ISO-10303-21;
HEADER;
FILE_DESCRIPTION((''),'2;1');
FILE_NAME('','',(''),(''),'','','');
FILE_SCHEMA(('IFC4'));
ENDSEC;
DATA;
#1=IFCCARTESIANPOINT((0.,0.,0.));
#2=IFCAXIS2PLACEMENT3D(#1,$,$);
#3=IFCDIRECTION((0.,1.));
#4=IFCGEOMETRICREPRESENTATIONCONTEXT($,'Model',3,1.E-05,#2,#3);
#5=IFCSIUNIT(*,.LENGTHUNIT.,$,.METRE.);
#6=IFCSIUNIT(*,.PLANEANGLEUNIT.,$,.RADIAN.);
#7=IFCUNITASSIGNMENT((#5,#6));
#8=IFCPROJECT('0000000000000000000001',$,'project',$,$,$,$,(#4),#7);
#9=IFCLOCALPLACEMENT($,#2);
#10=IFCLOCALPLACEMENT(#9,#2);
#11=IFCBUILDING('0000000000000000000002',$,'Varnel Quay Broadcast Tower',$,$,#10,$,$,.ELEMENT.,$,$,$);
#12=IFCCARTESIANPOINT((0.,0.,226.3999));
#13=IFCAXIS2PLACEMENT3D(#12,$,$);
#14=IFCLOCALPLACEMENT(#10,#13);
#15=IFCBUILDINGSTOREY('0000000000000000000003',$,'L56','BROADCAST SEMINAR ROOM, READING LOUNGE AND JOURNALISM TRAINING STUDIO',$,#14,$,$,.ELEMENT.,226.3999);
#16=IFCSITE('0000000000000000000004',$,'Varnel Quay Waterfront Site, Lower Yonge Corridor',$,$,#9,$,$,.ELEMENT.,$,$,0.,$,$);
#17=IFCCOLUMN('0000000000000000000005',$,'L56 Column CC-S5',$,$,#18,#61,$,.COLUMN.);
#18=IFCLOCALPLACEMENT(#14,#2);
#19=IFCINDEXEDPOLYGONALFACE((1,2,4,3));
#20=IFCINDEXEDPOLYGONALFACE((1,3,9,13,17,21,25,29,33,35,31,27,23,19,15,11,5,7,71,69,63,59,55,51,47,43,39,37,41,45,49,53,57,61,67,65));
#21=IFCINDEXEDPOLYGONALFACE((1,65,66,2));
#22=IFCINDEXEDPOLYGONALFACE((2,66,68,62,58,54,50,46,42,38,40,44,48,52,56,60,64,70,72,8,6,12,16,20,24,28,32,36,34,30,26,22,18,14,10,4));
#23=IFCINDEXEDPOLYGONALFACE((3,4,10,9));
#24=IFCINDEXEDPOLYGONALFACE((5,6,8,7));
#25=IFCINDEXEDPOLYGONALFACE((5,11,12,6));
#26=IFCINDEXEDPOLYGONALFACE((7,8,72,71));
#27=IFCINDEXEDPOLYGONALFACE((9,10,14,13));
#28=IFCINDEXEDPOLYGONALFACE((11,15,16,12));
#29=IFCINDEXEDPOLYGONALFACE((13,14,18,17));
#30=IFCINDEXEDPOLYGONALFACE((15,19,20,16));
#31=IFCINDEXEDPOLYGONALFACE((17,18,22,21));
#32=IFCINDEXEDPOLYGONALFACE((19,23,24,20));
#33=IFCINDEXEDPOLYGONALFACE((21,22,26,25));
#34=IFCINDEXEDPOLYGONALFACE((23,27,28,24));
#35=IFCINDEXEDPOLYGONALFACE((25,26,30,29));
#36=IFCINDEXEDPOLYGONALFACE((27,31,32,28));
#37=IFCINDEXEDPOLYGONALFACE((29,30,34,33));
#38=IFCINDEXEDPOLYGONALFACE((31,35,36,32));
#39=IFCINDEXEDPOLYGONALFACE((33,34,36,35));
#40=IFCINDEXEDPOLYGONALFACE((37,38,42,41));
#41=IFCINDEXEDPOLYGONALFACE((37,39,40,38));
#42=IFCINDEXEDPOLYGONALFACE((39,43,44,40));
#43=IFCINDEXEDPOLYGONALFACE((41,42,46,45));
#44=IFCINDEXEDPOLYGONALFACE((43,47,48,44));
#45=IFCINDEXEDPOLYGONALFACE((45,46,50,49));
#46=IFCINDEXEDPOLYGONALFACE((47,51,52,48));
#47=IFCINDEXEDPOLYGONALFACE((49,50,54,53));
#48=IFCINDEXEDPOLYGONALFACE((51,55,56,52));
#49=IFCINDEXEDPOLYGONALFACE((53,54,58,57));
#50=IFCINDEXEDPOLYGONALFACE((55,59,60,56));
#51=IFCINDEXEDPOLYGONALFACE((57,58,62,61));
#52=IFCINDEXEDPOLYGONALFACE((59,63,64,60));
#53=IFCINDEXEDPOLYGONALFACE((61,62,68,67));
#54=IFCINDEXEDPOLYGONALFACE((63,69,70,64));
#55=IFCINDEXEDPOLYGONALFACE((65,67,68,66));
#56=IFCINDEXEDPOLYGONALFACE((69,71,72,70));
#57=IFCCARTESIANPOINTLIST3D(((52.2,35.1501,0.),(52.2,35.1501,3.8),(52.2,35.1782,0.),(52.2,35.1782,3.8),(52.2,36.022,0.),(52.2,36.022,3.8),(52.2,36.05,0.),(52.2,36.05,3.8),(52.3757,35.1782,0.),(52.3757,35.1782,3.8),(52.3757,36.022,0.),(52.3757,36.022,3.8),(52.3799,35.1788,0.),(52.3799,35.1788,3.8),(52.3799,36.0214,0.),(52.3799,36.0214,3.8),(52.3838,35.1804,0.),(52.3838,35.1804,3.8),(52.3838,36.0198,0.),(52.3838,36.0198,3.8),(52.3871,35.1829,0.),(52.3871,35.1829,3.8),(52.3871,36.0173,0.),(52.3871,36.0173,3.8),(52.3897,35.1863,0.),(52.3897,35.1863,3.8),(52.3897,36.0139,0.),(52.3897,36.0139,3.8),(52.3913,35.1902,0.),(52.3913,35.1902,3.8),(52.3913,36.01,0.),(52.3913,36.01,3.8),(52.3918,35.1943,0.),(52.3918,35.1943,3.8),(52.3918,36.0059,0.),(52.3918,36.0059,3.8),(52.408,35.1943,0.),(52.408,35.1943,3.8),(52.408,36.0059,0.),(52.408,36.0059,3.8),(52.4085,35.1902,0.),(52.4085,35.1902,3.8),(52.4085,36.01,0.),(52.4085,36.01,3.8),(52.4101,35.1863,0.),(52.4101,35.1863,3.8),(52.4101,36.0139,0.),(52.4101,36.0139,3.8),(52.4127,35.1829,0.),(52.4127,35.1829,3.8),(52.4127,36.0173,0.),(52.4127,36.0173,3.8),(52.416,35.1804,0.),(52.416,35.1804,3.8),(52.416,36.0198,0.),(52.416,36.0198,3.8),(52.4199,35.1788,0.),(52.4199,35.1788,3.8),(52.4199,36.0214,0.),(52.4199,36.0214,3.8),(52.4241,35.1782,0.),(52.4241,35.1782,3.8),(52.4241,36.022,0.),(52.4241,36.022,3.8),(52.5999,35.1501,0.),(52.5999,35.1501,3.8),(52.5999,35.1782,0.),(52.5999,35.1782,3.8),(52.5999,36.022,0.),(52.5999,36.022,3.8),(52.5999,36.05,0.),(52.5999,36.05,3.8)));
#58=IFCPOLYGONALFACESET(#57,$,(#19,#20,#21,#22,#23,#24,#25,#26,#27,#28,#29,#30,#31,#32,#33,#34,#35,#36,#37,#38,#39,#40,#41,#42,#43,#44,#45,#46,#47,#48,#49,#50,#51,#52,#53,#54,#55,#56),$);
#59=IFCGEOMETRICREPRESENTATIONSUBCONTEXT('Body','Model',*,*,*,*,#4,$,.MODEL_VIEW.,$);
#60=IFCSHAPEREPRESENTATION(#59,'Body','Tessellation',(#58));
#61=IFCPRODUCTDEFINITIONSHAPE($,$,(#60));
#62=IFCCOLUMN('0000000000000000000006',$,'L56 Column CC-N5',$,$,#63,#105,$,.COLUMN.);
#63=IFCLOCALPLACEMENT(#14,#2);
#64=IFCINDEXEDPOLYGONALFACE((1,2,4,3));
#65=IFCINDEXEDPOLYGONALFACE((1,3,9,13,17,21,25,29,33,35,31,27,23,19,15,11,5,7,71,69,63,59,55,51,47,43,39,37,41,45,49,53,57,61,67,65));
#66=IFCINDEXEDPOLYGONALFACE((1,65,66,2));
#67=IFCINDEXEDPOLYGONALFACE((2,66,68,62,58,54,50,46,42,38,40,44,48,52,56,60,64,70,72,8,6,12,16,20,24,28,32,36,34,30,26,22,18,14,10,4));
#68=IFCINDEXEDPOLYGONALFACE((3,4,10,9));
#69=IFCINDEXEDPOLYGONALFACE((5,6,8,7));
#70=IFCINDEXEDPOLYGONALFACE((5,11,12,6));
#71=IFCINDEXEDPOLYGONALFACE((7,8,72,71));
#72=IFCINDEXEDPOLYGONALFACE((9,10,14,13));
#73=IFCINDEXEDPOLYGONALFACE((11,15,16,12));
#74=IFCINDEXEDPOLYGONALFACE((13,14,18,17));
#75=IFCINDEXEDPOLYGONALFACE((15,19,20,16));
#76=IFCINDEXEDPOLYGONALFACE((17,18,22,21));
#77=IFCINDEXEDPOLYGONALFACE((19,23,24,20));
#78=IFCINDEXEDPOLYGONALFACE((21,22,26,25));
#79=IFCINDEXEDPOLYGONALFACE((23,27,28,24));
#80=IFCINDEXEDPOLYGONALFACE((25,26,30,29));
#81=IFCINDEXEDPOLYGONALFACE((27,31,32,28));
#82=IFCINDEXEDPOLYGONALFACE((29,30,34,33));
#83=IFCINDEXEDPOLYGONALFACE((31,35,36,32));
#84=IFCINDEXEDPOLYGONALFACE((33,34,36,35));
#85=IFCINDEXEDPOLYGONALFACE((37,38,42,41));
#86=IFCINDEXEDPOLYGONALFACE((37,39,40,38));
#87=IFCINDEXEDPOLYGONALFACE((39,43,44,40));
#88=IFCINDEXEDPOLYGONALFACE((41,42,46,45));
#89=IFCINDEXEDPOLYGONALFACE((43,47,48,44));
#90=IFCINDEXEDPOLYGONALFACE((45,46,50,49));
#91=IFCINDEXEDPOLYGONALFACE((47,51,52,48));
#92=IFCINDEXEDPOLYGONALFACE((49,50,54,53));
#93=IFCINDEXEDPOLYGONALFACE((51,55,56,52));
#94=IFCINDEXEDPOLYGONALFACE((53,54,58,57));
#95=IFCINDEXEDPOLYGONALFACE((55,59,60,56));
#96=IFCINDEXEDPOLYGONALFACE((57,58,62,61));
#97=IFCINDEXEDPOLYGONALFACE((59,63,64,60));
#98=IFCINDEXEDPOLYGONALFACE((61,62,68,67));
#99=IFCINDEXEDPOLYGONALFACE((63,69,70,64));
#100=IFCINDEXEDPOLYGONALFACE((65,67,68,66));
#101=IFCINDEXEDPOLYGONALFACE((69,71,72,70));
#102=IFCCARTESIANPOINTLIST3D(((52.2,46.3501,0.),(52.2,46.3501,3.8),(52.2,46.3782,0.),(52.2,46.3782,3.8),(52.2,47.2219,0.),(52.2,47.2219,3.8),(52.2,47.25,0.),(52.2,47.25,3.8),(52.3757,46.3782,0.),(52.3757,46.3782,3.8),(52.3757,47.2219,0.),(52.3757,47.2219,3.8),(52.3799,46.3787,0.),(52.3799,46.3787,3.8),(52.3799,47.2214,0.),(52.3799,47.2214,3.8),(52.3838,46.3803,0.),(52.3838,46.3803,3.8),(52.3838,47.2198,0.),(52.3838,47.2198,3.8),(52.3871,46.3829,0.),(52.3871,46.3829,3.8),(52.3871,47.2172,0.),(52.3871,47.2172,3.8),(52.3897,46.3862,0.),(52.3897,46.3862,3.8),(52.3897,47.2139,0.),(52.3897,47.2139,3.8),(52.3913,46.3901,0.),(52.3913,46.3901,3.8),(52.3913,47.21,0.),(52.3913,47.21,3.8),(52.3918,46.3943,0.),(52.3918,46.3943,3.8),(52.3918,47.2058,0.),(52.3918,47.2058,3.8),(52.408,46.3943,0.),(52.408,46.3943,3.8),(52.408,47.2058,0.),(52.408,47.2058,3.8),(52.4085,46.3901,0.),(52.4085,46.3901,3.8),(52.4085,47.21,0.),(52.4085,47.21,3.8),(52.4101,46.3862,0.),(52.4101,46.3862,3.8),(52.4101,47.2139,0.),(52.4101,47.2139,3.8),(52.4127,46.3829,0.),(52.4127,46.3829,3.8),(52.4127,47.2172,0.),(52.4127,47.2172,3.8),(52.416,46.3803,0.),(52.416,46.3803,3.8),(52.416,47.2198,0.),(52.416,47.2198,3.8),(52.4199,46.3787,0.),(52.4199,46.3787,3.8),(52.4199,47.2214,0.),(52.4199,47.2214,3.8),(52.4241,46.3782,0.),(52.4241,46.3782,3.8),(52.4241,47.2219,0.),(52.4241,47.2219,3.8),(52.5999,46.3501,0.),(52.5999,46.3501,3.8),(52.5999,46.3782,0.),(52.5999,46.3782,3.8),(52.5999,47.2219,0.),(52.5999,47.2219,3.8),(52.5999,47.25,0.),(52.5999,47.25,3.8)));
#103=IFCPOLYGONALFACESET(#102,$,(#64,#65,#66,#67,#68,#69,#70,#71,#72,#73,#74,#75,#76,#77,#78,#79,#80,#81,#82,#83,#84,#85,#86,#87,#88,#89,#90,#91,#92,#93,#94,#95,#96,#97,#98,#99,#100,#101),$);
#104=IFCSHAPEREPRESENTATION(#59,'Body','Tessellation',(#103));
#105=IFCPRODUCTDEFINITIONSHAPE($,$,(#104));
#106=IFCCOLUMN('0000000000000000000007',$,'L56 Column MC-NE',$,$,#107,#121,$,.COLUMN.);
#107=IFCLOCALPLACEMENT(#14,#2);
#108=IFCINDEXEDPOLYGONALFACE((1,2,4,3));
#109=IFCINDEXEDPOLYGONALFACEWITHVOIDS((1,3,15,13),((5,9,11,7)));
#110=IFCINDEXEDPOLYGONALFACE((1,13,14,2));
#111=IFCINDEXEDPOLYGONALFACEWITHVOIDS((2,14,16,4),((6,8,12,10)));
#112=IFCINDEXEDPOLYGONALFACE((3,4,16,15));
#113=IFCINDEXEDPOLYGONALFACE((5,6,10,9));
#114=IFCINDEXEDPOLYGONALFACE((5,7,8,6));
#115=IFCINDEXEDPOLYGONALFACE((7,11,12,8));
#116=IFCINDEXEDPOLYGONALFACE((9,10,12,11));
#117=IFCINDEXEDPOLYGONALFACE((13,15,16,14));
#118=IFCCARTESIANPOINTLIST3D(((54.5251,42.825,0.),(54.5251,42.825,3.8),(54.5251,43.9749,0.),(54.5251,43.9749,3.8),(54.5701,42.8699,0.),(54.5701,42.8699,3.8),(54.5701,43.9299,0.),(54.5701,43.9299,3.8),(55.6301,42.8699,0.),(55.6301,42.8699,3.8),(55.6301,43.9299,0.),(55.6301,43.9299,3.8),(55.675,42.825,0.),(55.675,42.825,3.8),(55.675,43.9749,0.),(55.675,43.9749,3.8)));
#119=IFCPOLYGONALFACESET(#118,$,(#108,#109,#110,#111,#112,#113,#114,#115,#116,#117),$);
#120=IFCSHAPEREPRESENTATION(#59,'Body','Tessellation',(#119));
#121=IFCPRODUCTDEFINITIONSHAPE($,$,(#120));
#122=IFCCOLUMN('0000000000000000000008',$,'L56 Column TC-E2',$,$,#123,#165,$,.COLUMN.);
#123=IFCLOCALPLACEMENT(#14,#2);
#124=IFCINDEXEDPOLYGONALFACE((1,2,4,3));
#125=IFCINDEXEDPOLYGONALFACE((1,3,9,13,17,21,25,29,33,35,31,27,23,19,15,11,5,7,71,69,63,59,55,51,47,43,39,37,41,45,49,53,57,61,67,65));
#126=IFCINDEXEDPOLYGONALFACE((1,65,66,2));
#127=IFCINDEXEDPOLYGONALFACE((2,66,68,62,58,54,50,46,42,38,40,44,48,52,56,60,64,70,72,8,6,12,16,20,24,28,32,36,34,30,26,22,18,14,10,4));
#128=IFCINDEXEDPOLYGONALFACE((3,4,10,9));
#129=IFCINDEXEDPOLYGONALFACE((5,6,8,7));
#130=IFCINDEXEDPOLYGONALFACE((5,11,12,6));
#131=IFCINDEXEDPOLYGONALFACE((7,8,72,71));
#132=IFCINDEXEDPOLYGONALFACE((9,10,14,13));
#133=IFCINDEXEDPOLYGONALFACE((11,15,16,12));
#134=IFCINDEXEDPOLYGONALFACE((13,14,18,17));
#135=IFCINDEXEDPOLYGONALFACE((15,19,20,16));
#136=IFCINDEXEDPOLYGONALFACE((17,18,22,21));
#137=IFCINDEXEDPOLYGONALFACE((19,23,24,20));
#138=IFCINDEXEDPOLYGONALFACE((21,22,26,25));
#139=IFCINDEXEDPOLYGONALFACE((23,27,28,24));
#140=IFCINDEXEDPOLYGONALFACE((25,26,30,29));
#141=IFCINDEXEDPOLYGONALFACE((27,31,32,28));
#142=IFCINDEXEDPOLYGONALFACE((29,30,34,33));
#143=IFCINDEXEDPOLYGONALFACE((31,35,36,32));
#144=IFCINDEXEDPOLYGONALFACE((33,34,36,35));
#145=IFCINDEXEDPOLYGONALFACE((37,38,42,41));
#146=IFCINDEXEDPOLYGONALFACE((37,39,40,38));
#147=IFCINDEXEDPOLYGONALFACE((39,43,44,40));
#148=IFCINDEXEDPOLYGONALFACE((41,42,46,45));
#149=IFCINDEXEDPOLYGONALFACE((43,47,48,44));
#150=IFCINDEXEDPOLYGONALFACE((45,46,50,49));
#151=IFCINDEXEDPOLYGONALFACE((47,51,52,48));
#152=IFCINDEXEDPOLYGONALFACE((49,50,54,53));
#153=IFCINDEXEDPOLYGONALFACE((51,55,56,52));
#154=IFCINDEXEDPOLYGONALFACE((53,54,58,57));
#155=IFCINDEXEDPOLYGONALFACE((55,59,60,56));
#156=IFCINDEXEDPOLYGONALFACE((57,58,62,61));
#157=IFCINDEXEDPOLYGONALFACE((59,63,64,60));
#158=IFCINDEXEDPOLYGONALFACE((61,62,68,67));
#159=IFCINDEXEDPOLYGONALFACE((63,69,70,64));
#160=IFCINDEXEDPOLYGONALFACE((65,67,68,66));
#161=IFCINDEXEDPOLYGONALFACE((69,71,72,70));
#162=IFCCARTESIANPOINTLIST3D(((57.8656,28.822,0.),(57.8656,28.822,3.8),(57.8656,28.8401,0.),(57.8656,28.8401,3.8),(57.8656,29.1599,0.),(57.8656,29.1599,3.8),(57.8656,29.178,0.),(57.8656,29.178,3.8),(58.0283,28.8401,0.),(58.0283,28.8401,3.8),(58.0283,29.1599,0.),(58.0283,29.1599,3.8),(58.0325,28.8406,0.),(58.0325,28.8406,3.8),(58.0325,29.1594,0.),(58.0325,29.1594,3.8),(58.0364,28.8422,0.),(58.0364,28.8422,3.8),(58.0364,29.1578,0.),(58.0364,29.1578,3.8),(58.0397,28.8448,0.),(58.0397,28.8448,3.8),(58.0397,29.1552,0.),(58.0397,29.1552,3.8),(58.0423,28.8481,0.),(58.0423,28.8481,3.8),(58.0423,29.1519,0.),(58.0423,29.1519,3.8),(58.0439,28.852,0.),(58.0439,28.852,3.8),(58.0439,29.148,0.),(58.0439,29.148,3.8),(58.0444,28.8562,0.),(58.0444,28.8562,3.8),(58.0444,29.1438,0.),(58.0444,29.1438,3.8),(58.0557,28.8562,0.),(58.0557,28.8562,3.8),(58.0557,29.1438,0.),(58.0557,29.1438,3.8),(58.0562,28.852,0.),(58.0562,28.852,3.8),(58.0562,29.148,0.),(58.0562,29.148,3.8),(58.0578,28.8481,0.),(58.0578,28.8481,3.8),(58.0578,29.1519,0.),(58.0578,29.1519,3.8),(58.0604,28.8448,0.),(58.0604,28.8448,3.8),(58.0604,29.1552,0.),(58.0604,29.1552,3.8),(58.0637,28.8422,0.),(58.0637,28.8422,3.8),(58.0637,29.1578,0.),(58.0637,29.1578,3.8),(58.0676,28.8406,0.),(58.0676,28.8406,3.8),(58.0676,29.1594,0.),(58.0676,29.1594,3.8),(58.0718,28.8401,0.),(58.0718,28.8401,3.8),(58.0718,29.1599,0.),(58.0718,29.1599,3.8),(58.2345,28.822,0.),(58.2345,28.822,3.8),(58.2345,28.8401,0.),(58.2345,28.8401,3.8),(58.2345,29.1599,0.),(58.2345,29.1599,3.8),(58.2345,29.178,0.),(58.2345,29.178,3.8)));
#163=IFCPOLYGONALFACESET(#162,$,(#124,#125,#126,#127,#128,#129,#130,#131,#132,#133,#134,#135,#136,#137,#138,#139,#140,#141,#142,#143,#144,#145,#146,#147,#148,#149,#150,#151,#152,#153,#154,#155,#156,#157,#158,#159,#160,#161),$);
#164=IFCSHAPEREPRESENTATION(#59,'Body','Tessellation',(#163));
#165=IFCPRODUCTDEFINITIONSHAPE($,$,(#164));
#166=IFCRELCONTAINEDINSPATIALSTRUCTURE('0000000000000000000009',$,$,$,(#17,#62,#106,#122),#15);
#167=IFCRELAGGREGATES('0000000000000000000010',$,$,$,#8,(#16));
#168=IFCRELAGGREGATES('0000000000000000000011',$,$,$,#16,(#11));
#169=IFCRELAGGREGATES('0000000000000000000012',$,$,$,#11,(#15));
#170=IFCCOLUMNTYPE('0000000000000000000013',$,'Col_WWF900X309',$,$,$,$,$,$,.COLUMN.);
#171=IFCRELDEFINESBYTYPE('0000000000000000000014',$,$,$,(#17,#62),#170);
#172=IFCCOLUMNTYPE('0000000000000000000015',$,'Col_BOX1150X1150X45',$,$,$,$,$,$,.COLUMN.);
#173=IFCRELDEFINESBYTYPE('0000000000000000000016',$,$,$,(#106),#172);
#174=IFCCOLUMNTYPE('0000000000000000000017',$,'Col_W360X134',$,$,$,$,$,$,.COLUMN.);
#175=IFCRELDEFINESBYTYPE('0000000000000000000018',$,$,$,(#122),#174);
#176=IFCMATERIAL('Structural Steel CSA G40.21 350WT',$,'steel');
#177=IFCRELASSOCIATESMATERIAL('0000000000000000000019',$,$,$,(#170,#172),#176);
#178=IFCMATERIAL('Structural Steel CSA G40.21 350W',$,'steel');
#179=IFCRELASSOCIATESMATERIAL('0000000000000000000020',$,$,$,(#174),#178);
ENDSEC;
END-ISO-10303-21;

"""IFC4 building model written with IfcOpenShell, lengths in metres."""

from ifc_helpers import new_model, si_unit, direction, frame, origin, origin_2d, place, context, subcontext, project, spatial, hollow_rectangle, i_section, extrude, source, transform, mapped, material, material_profile, profile_set, type_object, type_shapes, element, save


model = new_model("IFC4")

# Units and contexts
model_context = context("Model", 3, precision=1e-05, world=origin(), true_north=direction((0.0, 1.0)))
body_context = subcontext(model_context, "Body", "Model", "MODEL_VIEW")
ifc_project = project(units=[si_unit("LENGTHUNIT", "METRE"), si_unit("PLANEANGLEUNIT", "RADIAN")], contexts=[model_context])

# Site, building, storey
site_placement = place(None, origin())
site = spatial("IfcSite", under=ifc_project, at=site_placement, Name="Varnel Quay Waterfront Site, Lower Yonge Corridor", CompositionType="ELEMENT", RefElevation=0.0)
building_placement = place(site_placement, origin())
building = spatial("IfcBuilding", under=site, at=building_placement, Name="Varnel Quay Broadcast Tower", CompositionType="ELEMENT")
storey_placement = place(building_placement, frame((0.0, 0.0, 226.3999)))
storey = spatial("IfcBuildingStorey", under=building, at=storey_placement, Name="L56", Description="BROADCAST SEMINAR ROOM, READING LOUNGE AND JOURNALISM TRAINING STUDIO", CompositionType="ELEMENT", Elevation=226.3999)

# Columns
ifc_material_1 = material(Name="Structural Steel CSA G40.21 350WT", Category="steel")
ifc_material_profile_1 = material_profile(ifc_material_1, i_section(OverallWidth=0.3999, OverallDepth=0.8999, WebThickness=0.0161, FlangeThickness=0.0281, FilletRadius=0.0161, at=origin_2d()), Name="WWF900X309")
ifc_profile_set_1 = profile_set([ifc_material_profile_1], Name="Structural Steel CSA G40.21 350WT")
column_type_1 = type_object("IfcColumnType", Name="Col_WWF900X309", PredefinedType="COLUMN", material=ifc_profile_set_1)
shared_shape_1 = source(origin(), body_context, "Body", "SweptSolid", [
    extrude(i_section(OverallWidth=0.3999, OverallDepth=0.8999, WebThickness=0.0161, FlangeThickness=0.0281, FilletRadius=0.0161, at=origin_2d()), origin(), (0.0, 0.0, 1.0), 3.8),
])
type_shapes(column_type_1, [shared_shape_1])
for number, where, z_axis, x_axis, name in (
    (1, (52.3999, 35.6001, 0.0), (0.0, 0.0, 1.0), (1.0, 0.0, 0.0), "L56 Column CC-S5"),
    (2, (52.3999, 46.8, 0.0), (0.0, 0.0, 1.0), (1.0, 0.0, 0.0), "L56 Column CC-N5"),
):
    element("IfcColumn", number, at=place(storey_placement, frame(where, z_axis=z_axis, x_axis=x_axis)), inside=storey, type_object=column_type_1, Name=name, PredefinedType="COLUMN", context=body_context, shape_type="MappedRepresentation", body=[
        mapped(shared_shape_1, transform((0.0, 0.0, 0.0), x_axis=(1.0, 0.0, 0.0), y_axis=(0.0, 1.0, 0.0), z_axis=(0.0, 0.0, 1.0), scale=1.0)),
    ])
ifc_material_profile_2 = material_profile(ifc_material_1, hollow_rectangle(XDim=1.1499, YDim=1.1499, WallThickness=0.0449, at=origin_2d()), Name="BOX1150X1150X45")
ifc_profile_set_2 = profile_set([ifc_material_profile_2], Name="Structural Steel CSA G40.21 350WT")
column_type_2 = type_object("IfcColumnType", Name="Col_BOX1150X1150X45", PredefinedType="COLUMN", material=ifc_profile_set_2)
shared_shape_2 = source(origin(), body_context, "Body", "SweptSolid", [
    extrude(hollow_rectangle(XDim=1.1499, YDim=1.1499, WallThickness=0.0449, at=origin_2d()), origin(), (0.0, 0.0, 1.0), 3.8),
])
type_shapes(column_type_2, [shared_shape_2])
column_placement = place(storey_placement, frame((55.1001, 43.3999, 0.0), z_axis=(0.0, 0.0, 1.0), x_axis=(1.0, 0.0, 0.0)))
element("IfcColumn", 3, at=column_placement, inside=storey, type_object=column_type_2, Name="L56 Column MC-NE", PredefinedType="COLUMN", context=body_context, shape_type="MappedRepresentation", body=[
    mapped(shared_shape_2, transform((0.0, 0.0, 0.0), x_axis=(1.0, 0.0, 0.0), y_axis=(0.0, 1.0, 0.0), z_axis=(0.0, 0.0, 1.0), scale=1.0)),
])
ifc_material_2 = material(Name="Structural Steel CSA G40.21 350W", Category="steel")
ifc_material_profile_3 = material_profile(ifc_material_2, i_section(OverallWidth=0.3689, OverallDepth=0.356, WebThickness=0.0112, FlangeThickness=0.0181, FilletRadius=0.0161, at=origin_2d()), Name="W360X134")
ifc_profile_set_3 = profile_set([ifc_material_profile_3], Name="Structural Steel CSA G40.21 350W")
column_type_3 = type_object("IfcColumnType", Name="Col_W360X134", PredefinedType="COLUMN", material=ifc_profile_set_3)
shared_shape_3 = source(origin(), body_context, "Body", "SweptSolid", [
    extrude(i_section(OverallWidth=0.3689, OverallDepth=0.356, WebThickness=0.0112, FlangeThickness=0.0181, FilletRadius=0.0161, at=origin_2d()), origin(), (0.0, 0.0, 1.0), 3.8),
])
type_shapes(column_type_3, [shared_shape_3])
for number, where, z_axis, x_axis, name in (
    (4, (58.05, 29.0, 0.0), (0.0, 0.0, 1.0), (1.0, 0.0, 0.0), "L56 Column TC-E2"),
):
    element("IfcColumn", number, at=place(storey_placement, frame(where, z_axis=z_axis, x_axis=x_axis)), inside=storey, type_object=column_type_3, Name=name, PredefinedType="COLUMN", context=body_context, shape_type="MappedRepresentation", body=[
        mapped(shared_shape_3, transform((0.0, 0.0, 0.0), x_axis=(1.0, 0.0, 0.0), y_axis=(0.0, 1.0, 0.0), z_axis=(0.0, 0.0, 1.0), scale=1.0)),
    ])

save(model, "model.ifc")
